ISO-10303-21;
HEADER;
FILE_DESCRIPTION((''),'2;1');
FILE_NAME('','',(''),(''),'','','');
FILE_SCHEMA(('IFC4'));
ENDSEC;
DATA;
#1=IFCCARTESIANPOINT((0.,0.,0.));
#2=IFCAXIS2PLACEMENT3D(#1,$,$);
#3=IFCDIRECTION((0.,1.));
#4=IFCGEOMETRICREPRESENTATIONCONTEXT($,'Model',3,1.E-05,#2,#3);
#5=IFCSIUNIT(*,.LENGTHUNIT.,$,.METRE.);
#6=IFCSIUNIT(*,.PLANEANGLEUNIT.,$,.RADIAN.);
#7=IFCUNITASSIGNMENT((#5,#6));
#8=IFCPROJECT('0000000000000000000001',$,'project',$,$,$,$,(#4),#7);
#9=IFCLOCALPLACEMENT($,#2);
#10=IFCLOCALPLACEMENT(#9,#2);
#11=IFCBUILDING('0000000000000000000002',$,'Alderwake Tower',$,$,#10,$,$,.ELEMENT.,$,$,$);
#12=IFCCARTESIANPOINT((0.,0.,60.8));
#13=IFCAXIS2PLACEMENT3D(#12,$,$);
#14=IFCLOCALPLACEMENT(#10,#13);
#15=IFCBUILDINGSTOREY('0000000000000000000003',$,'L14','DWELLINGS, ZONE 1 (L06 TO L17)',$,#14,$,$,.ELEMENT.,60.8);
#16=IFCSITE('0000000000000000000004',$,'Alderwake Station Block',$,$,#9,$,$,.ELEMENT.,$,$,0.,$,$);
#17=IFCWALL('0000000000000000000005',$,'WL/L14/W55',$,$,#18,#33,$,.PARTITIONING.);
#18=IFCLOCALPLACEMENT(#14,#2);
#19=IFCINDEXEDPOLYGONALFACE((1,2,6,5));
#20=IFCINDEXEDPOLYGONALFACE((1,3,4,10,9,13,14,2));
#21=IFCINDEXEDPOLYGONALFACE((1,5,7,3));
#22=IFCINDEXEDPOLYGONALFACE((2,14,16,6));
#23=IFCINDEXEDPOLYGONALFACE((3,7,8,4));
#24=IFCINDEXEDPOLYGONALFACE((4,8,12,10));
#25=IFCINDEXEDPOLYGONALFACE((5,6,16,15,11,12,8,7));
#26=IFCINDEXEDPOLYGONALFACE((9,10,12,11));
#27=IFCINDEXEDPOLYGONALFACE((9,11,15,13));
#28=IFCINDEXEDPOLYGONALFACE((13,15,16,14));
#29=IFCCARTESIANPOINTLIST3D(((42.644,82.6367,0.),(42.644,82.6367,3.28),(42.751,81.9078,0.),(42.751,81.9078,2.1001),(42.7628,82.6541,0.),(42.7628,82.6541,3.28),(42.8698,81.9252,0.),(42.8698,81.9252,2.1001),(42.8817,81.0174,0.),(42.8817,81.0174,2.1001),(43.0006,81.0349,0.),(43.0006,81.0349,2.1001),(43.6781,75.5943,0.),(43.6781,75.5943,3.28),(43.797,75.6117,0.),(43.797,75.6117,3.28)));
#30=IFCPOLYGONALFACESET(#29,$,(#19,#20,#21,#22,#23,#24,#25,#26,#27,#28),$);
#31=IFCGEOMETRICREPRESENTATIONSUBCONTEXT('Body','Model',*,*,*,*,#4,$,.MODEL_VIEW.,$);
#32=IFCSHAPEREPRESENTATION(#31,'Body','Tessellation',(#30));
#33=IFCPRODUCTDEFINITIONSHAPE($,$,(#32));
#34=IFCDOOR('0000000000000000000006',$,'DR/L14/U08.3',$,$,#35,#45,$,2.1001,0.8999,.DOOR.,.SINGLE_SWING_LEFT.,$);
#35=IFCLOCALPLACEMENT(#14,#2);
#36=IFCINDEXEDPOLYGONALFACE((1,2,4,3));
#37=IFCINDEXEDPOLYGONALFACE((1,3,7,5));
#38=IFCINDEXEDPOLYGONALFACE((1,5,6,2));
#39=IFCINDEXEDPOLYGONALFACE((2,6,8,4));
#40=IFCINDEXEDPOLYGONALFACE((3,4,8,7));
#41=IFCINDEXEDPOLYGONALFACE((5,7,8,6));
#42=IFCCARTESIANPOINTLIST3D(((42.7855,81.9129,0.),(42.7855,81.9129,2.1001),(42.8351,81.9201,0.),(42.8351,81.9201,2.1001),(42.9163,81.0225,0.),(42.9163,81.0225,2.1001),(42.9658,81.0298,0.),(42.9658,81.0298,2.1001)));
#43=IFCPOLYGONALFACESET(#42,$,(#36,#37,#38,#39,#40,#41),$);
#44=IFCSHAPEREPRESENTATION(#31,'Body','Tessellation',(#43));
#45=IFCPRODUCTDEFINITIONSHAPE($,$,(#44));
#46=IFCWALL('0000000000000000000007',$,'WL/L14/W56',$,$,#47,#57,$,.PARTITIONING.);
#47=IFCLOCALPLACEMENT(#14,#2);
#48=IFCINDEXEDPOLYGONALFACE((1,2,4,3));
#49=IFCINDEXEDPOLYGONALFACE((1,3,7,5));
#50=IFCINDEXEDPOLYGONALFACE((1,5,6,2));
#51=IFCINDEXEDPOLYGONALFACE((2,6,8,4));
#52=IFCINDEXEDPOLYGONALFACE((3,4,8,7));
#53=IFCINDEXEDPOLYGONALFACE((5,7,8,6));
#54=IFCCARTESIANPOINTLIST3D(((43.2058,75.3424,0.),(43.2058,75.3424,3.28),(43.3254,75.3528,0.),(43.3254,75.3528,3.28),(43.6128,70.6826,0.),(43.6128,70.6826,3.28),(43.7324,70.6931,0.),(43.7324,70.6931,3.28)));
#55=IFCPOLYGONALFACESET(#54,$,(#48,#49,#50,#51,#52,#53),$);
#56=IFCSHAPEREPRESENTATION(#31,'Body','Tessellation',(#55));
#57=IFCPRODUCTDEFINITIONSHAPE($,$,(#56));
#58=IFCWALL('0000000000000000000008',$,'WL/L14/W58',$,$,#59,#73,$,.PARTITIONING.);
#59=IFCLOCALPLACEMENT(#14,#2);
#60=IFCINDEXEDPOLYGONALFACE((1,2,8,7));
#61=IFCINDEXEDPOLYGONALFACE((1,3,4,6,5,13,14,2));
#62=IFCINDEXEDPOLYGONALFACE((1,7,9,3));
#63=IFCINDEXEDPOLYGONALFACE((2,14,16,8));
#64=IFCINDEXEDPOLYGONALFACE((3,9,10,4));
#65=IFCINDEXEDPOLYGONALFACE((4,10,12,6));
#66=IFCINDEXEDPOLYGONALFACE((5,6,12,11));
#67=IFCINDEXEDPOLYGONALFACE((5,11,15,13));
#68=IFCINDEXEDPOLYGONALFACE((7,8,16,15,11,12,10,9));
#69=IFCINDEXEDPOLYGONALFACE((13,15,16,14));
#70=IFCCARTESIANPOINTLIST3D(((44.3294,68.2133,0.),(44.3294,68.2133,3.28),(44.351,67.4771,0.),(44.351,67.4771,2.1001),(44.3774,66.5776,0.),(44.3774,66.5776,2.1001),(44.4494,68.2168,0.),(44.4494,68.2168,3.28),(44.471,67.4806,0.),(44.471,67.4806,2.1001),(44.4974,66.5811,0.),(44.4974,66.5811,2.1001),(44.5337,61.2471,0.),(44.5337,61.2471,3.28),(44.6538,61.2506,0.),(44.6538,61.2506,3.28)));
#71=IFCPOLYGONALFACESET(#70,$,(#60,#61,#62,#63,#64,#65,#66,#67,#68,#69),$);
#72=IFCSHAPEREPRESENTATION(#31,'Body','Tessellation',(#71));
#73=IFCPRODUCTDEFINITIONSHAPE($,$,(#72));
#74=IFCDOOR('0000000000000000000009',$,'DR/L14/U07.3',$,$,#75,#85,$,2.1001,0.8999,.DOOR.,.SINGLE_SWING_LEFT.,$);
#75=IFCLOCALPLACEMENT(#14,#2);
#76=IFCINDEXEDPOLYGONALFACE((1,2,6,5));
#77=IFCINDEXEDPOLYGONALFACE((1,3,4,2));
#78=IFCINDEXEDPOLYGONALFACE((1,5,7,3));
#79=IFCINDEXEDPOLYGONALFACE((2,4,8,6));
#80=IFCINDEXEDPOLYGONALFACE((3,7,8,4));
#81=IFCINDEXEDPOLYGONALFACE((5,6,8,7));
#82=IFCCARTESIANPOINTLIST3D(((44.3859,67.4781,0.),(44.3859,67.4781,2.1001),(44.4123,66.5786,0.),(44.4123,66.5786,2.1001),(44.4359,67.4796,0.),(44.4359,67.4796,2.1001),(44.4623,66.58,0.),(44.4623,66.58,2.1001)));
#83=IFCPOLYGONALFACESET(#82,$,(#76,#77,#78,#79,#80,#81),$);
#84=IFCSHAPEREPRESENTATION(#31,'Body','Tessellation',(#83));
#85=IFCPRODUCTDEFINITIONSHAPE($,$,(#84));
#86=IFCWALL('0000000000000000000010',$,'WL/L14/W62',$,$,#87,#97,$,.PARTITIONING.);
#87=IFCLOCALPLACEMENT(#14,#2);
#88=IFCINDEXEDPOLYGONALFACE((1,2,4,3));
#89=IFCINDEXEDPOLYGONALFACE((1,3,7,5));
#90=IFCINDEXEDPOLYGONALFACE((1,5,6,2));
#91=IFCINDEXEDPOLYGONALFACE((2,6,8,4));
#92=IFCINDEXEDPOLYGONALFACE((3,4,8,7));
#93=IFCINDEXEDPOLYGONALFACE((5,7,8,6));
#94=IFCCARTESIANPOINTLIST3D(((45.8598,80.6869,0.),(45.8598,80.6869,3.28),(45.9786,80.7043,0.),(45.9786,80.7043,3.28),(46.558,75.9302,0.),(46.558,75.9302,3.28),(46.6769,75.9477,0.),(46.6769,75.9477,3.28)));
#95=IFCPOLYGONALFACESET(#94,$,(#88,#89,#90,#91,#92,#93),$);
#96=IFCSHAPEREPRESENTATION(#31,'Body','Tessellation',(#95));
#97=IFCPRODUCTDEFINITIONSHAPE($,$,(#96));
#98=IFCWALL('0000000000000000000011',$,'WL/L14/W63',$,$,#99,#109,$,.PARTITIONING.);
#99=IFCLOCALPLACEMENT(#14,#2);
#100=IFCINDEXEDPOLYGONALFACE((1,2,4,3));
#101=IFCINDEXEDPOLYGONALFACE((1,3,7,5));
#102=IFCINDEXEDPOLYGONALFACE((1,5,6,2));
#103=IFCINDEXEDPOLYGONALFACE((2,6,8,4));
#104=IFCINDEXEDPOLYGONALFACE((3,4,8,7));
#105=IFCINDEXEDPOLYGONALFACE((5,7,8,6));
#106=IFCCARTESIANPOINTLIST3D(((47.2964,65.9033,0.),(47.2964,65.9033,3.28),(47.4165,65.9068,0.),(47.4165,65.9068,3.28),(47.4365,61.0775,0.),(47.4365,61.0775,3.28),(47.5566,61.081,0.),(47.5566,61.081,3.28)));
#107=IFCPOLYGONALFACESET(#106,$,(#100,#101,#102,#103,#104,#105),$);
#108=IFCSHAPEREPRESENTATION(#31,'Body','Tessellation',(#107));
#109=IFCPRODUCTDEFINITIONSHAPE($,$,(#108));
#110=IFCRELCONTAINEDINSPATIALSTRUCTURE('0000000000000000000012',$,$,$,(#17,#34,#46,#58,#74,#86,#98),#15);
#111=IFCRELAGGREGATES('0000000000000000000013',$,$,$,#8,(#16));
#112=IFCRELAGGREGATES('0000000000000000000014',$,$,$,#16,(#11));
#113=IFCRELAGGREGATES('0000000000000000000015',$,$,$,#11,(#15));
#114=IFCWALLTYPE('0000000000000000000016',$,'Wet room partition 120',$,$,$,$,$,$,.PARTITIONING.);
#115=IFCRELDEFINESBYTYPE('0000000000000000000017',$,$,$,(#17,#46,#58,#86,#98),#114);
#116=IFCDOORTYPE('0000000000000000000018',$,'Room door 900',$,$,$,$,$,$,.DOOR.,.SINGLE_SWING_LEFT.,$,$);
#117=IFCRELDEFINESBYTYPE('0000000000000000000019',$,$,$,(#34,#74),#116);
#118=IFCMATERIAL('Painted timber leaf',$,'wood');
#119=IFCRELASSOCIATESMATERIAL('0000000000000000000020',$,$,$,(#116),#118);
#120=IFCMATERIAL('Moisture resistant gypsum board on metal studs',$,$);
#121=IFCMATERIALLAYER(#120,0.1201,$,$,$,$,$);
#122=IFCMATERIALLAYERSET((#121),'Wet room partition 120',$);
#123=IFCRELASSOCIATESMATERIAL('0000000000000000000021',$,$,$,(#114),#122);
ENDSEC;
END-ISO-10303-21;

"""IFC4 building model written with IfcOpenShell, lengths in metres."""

from ifc_helpers import new_model, si_unit, direction, frame, frame_2d, origin, place, context, subcontext, project, spatial, rectangle, extrude, material, layer, layer_set, type_object, element, fill, save


model = new_model("IFC4")

# Units and contexts
model_context = context("Model", 3, precision=1e-05, world=origin(), true_north=direction((0.0, 1.0)))
body_context = subcontext(model_context, "Body", "Model", "MODEL_VIEW")
ifc_project = project(units=[si_unit("LENGTHUNIT", "METRE"), si_unit("PLANEANGLEUNIT", "RADIAN")], contexts=[model_context])

# Site, building, storey
site_placement = place(None, origin())
site = spatial("IfcSite", under=ifc_project, at=site_placement, Name="Alderwake Station Block", CompositionType="ELEMENT", RefElevation=0.0)
building_placement = place(site_placement, origin())
building = spatial("IfcBuilding", under=site, at=building_placement, Name="Alderwake Tower", CompositionType="ELEMENT")
storey_placement = place(building_placement, frame((0.0, 0.0, 60.8)))
storey = spatial("IfcBuildingStorey", under=building, at=storey_placement, Name="L14", Description="DWELLINGS, ZONE 1 (L06 TO L17)", CompositionType="ELEMENT", Elevation=60.8)

# Shared definitions
ifc_material_1 = material(Name="Painted timber leaf", Category="wood")
door_type_1 = type_object("IfcDoorType", Name="Room door 900", OperationType="SINGLE_SWING_LEFT", PredefinedType="DOOR", material=ifc_material_1)

# Wall, opening, door
ifc_material_2 = material(Name="Moisture resistant gypsum board on metal studs")
ifc_layer_1 = layer(ifc_material_2, 0.1201)
ifc_layer_set_1 = layer_set([ifc_layer_1], Name="Wet room partition 120")
wall_type_1 = type_object("IfcWallType", Name="Wet room partition 120", PredefinedType="PARTITIONING", material=ifc_layer_set_1)
wall_1_placement = place(storey_placement, frame((42.7034, 82.6455, 0.0), z_axis=(0.0, 0.0, 1.0), x_axis=(0.145291, -0.989389, 0.0)))
wall_1 = element("IfcWall", 1, at=wall_1_placement, inside=storey, type_object=wall_type_1, Name="WL/L14/W55", PredefinedType="PARTITIONING", context=body_context, shape_type="SweptSolid", body=[
    extrude(rectangle(XDim=7.1179, YDim=0.1201, at=frame_2d((3.5591, 0.0))), origin(), (0.0, 0.0, 1.0), 3.28),
])
opening_1_placement = place(wall_1_placement, frame((0.7368, 0.0, 0.0)))
opening_1 = element("IfcOpeningElement", 2, at=opening_1_placement, cuts=wall_1, PredefinedType="OPENING", context=body_context, shape_type="SweptSolid", body=[
    extrude(rectangle(XDim=0.8999, YDim=2.1001, at=frame_2d((0.45, 1.05))), frame((0.0, 0.0701, 0.0), z_axis=(0.0, -1.0, 0.0), x_axis=(1.0, 0.0, 0.0)), (0.0, 0.0, 1.0), 0.1401),
])
door_1_placement = place(opening_1_placement, origin())
door_1 = element("IfcDoor", 3, at=door_1_placement, inside=storey, type_object=door_type_1, Name="DR/L14/U08.3", OperationType="SINGLE_SWING_LEFT", OverallHeight=2.1001, OverallWidth=0.8999, PredefinedType="DOOR", context=body_context, shape_type="SweptSolid", body=[
    extrude(rectangle(XDim=0.8999, YDim=2.1001, at=frame_2d((0.45, 1.05))), frame((0.0, 0.0249, 0.0), z_axis=(0.0, -1.0, 0.0), x_axis=(1.0, 0.0, 0.0)), (0.0, 0.0, 1.0), 0.05),
])
fill(opening_1, door_1)

# Wall
wall_2_placement = place(storey_placement, frame((43.6726, 70.6877, 0.0), z_axis=(0.0, 0.0, 1.0), x_axis=(-0.08701, 0.996207, 0.0)))
element("IfcWall", 4, at=wall_2_placement, inside=storey, type_object=wall_type_1, Name="WL/L14/W56", PredefinedType="PARTITIONING", context=body_context, shape_type="SweptSolid", body=[
    extrude(rectangle(XDim=4.6775, YDim=0.1201, at=frame_2d((2.3389, 0.0))), origin(), (0.0, 0.0, 1.0), 3.28),
])

# Wall, opening, door
wall_3_placement = place(storey_placement, frame((44.3894, 68.2151, 0.0), z_axis=(0.0, 0.0, 1.0), x_axis=(0.029321, -0.99957, 0.0)))
wall_3 = element("IfcWall", 5, at=wall_3_placement, inside=storey, type_object=wall_type_1, Name="WL/L14/W58", PredefinedType="PARTITIONING", context=body_context, shape_type="SweptSolid", body=[
    extrude(rectangle(XDim=6.9692, YDim=0.1201, at=frame_2d((3.4846, 0.0))), origin(), (0.0, 0.0, 1.0), 3.28),
])
opening_2_placement = place(wall_3_placement, frame((0.7366, 0.0, 0.0)))
opening_2 = element("IfcOpeningElement", 6, at=opening_2_placement, cuts=wall_3, PredefinedType="OPENING", context=body_context, shape_type="SweptSolid", body=[
    extrude(rectangle(XDim=0.8999, YDim=2.1001, at=frame_2d((0.45, 1.05))), frame((0.0, 0.0701, 0.0), z_axis=(0.0, -1.0, 0.0), x_axis=(1.0, 0.0, 0.0)), (0.0, 0.0, 1.0), 0.1401),
])
door_2_placement = place(opening_2_placement, origin())
door_2 = element("IfcDoor", 7, at=door_2_placement, inside=storey, type_object=door_type_1, Name="DR/L14/U07.3", OperationType="SINGLE_SWING_LEFT", OverallHeight=2.1001, OverallWidth=0.8999, PredefinedType="DOOR", context=body_context, shape_type="SweptSolid", body=[
    extrude(rectangle(XDim=0.8999, YDim=2.1001, at=frame_2d((0.45, 1.05))), frame((0.0, 0.0249, 0.0), z_axis=(0.0, -1.0, 0.0), x_axis=(1.0, 0.0, 0.0)), (0.0, 0.0, 1.0), 0.05),
])
fill(opening_2, door_2)

# Walls
wall_4_placement = place(storey_placement, frame((46.6174, 75.939, 0.0), z_axis=(0.0, 0.0, 1.0), x_axis=(-0.145238, 0.989397, 0.0)))
element("IfcWall", 8, at=wall_4_placement, inside=storey, type_object=wall_type_1, Name="WL/L14/W62", PredefinedType="PARTITIONING", context=body_context, shape_type="SweptSolid", body=[
    extrude(rectangle(XDim=4.8076, YDim=0.1201, at=frame_2d((2.4038, 0.0))), origin(), (0.0, 0.0, 1.0), 3.28),
])
wall_5_placement = place(storey_placement, frame((47.4966, 61.0791, 0.0), z_axis=(0.0, 0.0, 1.0), x_axis=(-0.029026, 0.999579, 0.0)))
element("IfcWall", 9, at=wall_5_placement, inside=storey, type_object=wall_type_1, Name="WL/L14/W63", PredefinedType="PARTITIONING", context=body_context, shape_type="SweptSolid", body=[
    extrude(rectangle(XDim=4.8279, YDim=0.1201, at=frame_2d((2.4141, 0.0))), origin(), (0.0, 0.0, 1.0), 3.28),
])

save(model, "model.ifc")
